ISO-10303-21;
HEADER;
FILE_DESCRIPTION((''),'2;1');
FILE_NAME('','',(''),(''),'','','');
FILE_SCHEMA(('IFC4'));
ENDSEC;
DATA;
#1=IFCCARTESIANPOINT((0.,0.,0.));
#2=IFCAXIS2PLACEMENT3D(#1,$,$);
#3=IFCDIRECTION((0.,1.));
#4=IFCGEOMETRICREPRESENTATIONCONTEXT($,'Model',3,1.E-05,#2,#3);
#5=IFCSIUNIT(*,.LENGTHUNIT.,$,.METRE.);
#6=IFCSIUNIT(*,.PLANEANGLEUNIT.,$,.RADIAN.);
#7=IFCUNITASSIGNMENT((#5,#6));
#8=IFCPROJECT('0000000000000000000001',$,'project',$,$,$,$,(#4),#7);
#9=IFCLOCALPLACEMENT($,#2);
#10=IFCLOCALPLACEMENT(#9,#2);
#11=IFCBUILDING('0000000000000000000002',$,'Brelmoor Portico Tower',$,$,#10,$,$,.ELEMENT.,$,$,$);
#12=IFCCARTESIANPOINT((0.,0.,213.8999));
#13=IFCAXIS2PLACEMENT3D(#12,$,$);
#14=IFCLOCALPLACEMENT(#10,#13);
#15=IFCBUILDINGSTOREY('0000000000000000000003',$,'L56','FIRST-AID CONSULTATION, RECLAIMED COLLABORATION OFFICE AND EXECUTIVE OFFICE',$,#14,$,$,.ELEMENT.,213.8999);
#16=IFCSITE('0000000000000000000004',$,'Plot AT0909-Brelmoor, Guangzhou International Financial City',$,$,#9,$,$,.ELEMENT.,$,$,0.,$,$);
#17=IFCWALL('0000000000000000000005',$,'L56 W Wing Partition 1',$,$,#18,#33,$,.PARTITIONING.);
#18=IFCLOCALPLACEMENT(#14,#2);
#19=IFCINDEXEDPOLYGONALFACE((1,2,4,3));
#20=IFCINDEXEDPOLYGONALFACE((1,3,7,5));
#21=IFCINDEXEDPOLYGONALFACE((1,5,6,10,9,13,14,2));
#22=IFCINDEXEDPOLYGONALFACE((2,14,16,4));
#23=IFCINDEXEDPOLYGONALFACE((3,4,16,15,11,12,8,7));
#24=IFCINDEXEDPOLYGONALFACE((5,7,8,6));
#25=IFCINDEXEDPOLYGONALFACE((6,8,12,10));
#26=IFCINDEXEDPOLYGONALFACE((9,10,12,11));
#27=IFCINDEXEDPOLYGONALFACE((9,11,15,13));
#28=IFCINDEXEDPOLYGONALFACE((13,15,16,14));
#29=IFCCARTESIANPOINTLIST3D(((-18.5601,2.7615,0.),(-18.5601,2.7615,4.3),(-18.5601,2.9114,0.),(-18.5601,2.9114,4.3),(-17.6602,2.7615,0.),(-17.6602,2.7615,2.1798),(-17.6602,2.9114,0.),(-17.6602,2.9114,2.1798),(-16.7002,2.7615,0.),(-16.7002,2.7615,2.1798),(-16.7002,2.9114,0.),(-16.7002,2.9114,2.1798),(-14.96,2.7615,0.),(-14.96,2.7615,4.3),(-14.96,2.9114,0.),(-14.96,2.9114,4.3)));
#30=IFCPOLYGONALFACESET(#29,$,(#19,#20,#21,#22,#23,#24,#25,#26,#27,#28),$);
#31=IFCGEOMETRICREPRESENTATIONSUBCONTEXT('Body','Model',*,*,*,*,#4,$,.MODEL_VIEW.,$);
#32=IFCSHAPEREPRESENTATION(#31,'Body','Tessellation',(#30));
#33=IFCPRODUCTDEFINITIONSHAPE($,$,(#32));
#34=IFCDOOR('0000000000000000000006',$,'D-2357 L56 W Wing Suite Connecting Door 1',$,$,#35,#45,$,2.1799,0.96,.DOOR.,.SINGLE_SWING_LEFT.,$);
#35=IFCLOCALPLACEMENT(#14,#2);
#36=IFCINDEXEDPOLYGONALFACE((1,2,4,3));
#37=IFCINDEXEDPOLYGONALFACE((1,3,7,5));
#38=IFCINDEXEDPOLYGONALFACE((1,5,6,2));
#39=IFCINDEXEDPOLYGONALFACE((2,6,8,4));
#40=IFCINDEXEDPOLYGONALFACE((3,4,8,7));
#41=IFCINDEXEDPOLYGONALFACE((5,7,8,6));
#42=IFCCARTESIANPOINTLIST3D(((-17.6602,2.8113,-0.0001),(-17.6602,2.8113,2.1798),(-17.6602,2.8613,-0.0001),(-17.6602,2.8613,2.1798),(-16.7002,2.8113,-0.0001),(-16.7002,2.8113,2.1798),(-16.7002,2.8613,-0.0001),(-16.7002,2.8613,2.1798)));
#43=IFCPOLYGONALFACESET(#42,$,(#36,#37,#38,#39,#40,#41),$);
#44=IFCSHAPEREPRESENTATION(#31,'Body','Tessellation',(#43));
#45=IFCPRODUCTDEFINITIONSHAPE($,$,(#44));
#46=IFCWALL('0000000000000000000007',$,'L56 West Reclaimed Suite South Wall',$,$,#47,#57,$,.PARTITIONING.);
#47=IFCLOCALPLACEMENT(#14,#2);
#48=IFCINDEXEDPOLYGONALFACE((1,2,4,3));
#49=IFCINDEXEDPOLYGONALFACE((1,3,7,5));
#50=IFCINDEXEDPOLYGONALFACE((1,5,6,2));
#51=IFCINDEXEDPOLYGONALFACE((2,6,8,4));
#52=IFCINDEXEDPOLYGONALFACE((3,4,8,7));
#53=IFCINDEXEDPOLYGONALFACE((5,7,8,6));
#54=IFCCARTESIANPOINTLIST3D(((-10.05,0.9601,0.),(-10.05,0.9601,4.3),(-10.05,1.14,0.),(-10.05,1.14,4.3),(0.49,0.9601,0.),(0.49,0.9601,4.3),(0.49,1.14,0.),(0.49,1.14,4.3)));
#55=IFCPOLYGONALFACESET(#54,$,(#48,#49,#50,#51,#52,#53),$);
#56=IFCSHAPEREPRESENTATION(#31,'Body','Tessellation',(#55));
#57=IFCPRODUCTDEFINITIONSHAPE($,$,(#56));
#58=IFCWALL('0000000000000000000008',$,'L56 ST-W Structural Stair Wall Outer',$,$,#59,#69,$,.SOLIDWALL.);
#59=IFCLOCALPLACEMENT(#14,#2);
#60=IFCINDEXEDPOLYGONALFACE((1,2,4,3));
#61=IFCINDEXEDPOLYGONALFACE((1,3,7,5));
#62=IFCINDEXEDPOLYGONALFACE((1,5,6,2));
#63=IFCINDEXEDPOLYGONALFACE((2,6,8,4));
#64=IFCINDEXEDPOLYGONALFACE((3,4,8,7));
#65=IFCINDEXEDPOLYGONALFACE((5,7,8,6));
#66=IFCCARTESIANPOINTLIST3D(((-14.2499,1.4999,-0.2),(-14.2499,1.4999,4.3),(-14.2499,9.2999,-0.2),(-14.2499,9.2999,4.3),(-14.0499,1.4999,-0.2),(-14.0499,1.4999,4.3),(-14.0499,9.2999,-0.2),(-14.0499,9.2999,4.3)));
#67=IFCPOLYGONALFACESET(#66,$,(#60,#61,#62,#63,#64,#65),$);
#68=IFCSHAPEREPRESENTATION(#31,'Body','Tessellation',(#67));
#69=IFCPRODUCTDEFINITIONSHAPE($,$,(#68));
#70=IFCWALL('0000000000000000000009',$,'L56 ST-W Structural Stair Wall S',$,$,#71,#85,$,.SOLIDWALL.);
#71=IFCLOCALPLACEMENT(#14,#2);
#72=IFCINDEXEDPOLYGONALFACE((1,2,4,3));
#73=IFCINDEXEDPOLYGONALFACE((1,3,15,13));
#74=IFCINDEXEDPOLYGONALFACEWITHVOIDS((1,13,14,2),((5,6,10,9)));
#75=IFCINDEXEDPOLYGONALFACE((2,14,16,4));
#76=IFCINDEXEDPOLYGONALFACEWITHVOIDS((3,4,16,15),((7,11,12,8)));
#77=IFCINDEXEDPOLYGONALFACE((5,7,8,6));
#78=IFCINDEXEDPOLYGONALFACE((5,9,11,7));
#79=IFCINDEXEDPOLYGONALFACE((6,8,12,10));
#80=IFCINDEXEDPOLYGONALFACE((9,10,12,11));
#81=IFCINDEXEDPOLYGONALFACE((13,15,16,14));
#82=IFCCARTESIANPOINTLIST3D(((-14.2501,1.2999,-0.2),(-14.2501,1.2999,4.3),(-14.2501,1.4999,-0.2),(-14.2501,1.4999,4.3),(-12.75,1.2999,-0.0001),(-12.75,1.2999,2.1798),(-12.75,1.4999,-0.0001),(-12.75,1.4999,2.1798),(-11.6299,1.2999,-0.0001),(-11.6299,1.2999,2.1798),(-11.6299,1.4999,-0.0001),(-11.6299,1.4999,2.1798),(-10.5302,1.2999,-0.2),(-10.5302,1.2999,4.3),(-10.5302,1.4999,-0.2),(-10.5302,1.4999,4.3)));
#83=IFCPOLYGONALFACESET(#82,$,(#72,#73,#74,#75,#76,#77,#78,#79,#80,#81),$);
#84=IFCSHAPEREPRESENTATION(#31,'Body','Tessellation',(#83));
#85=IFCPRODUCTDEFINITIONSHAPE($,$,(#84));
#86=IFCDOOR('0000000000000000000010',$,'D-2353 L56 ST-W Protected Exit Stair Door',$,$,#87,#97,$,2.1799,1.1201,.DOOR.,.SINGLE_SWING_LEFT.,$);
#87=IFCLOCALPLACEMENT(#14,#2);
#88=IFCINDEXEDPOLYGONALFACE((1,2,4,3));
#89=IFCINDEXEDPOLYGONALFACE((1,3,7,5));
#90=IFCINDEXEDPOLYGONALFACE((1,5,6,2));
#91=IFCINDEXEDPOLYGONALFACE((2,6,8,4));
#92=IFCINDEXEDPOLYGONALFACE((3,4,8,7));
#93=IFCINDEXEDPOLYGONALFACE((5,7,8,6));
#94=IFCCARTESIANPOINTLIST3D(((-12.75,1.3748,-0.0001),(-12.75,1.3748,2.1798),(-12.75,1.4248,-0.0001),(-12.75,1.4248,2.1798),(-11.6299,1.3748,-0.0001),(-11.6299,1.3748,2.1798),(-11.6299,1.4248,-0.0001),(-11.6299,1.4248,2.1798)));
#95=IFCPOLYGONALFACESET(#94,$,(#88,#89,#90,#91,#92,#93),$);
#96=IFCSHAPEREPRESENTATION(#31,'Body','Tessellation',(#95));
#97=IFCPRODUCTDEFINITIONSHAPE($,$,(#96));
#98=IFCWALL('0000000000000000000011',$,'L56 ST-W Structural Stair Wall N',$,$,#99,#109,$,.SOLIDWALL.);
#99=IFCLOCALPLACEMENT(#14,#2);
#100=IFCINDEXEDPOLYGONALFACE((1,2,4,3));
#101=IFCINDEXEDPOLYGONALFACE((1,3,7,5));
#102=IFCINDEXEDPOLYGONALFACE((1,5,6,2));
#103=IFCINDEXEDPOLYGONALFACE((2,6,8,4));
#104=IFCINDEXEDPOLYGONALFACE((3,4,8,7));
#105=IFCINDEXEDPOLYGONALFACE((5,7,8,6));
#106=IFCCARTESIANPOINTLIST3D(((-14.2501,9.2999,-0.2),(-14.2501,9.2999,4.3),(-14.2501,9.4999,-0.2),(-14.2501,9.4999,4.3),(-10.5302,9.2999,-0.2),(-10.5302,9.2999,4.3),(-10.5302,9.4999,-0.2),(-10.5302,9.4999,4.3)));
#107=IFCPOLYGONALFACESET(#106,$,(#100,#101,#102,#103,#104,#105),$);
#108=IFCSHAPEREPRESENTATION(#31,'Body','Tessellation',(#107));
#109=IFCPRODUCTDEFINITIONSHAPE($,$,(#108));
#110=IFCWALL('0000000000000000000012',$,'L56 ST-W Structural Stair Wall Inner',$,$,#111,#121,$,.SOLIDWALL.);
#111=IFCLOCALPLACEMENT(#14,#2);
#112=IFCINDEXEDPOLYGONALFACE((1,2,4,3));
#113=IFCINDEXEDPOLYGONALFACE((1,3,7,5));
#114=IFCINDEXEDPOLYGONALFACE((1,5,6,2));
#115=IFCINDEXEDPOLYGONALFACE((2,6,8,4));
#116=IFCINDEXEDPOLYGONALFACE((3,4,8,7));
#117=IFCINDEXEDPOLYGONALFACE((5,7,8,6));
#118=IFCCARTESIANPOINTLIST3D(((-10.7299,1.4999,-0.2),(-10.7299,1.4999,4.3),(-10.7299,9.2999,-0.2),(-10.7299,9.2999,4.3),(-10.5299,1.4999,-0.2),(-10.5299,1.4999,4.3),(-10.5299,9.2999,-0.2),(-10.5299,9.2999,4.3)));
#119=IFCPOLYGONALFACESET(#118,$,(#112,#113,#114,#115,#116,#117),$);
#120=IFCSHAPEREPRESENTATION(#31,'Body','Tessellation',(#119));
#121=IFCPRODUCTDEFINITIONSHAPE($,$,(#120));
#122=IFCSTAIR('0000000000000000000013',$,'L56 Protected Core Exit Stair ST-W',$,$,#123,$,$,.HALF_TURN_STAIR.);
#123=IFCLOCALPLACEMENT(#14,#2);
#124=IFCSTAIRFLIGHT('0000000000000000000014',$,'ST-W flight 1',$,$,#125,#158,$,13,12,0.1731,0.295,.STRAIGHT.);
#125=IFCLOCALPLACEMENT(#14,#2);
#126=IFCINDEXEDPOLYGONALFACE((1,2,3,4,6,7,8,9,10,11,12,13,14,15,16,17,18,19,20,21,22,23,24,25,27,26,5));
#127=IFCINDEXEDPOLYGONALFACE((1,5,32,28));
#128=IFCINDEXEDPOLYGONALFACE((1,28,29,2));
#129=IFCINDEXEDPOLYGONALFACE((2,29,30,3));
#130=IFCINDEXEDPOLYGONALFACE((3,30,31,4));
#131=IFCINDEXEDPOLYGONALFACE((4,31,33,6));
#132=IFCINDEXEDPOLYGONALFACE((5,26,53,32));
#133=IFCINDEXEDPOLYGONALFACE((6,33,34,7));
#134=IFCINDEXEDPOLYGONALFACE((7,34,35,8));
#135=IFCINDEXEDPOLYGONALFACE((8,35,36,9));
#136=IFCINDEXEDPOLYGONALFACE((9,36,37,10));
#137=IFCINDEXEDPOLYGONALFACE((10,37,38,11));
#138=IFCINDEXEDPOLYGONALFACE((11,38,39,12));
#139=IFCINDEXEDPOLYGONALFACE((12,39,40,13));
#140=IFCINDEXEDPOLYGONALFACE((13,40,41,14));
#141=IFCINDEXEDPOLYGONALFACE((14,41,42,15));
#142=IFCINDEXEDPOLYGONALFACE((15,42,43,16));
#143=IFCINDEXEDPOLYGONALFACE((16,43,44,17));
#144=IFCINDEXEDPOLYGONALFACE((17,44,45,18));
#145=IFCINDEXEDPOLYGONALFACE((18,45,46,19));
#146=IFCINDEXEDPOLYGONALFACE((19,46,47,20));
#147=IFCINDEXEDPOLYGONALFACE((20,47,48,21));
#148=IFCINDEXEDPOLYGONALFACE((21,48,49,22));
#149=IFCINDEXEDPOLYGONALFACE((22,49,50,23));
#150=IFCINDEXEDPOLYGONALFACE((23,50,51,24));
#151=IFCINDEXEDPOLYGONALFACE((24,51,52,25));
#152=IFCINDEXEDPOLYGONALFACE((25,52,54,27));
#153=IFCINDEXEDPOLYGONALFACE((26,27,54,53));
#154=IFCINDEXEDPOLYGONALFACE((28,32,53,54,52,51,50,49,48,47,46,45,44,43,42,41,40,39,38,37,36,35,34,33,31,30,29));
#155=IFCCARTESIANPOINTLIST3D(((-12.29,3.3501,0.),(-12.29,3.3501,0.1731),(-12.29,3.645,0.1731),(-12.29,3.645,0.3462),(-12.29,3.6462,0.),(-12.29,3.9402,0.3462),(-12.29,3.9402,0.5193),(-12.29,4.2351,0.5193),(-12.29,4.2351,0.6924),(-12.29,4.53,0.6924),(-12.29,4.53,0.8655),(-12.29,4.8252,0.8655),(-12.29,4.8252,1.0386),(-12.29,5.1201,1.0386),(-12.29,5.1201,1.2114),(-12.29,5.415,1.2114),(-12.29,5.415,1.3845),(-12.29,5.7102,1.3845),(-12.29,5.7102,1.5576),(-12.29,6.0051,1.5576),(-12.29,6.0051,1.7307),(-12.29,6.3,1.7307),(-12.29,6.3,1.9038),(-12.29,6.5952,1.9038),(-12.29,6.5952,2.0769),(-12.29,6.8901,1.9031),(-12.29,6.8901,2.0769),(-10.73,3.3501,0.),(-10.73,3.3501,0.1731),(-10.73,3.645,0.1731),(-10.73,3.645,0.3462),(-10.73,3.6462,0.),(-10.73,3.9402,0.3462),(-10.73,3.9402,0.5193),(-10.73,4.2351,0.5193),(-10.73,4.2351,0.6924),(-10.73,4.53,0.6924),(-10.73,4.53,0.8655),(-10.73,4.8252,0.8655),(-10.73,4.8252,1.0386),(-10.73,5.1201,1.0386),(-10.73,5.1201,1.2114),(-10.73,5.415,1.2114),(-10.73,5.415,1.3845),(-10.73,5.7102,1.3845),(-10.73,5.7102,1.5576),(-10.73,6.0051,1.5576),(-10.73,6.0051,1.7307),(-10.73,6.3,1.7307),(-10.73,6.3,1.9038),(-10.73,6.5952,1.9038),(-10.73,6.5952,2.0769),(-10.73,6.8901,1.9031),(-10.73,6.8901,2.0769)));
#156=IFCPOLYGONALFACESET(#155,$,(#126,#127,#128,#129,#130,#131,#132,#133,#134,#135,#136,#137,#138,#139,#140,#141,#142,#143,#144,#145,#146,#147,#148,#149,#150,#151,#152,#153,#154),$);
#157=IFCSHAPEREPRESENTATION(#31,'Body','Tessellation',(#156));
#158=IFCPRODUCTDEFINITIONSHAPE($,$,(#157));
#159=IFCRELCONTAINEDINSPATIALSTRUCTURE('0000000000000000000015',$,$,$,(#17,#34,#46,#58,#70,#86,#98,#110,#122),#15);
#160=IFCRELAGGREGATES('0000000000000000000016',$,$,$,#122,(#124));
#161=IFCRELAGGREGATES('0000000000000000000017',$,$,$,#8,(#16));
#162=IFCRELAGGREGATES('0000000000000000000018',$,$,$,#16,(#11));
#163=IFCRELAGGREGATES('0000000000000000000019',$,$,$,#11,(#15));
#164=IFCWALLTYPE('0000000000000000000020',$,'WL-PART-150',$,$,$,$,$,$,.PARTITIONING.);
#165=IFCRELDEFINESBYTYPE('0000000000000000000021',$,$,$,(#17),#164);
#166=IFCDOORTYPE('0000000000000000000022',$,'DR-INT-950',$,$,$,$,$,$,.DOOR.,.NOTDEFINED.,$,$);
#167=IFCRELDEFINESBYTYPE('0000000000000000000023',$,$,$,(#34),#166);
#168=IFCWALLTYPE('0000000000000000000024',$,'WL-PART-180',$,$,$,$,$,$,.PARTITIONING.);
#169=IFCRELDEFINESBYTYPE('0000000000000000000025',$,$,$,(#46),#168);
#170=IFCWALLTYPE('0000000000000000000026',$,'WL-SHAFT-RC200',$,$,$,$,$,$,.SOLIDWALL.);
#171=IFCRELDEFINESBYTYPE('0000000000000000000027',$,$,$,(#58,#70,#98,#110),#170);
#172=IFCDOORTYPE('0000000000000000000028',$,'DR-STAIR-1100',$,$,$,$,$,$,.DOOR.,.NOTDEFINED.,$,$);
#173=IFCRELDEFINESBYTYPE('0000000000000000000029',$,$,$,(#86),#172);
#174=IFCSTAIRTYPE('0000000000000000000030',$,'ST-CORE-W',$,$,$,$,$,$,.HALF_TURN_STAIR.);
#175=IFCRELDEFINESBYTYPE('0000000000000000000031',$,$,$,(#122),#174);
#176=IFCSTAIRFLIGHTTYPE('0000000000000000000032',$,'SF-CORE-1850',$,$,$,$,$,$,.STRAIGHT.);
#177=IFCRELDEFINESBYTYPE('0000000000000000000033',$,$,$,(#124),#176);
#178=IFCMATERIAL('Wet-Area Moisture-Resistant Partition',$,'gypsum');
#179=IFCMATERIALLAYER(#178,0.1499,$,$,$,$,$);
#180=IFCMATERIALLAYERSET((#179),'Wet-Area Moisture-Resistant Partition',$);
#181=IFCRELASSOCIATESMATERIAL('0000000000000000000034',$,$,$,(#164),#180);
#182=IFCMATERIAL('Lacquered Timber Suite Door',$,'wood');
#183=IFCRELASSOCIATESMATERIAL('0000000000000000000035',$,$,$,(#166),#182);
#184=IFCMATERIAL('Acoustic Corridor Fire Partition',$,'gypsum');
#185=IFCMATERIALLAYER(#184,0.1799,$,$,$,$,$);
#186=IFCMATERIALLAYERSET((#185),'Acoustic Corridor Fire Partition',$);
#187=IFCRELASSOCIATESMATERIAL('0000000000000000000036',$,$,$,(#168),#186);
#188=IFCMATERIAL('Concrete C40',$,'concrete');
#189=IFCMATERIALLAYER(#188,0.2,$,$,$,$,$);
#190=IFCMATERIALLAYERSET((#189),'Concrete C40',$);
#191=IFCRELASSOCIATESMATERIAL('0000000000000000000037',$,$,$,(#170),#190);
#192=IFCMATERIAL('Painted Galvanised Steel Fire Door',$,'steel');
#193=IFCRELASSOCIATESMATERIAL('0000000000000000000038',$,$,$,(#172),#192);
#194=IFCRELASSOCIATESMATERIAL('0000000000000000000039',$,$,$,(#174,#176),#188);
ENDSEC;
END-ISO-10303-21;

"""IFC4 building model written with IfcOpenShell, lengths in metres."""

from ifc_helpers import new_model, si_unit, direction, frame, frame_2d, origin, place, context, subcontext, project, spatial, polyline, rectangle, outline, extrude, material, layer, layer_set, type_object, element, fill, aggregate, save


model = new_model("IFC4")

# Units and contexts
model_context = context("Model", 3, precision=1e-05, world=origin(), true_north=direction((0.0, 1.0)))
body_context = subcontext(model_context, "Body", "Model", "MODEL_VIEW")
ifc_project = project(units=[si_unit("LENGTHUNIT", "METRE"), si_unit("PLANEANGLEUNIT", "RADIAN")], contexts=[model_context])

# Site, building, storey
site_placement = place(None, origin())
site = spatial("IfcSite", under=ifc_project, at=site_placement, Name="Plot AT0909-Brelmoor, Guangzhou International Financial City", CompositionType="ELEMENT", RefElevation=0.0)
building_placement = place(site_placement, origin())
building = spatial("IfcBuilding", under=site, at=building_placement, Name="Brelmoor Portico Tower", CompositionType="ELEMENT")
storey_placement = place(building_placement, frame((0.0, 0.0, 213.8999)))
storey = spatial("IfcBuildingStorey", under=building, at=storey_placement, Name="L56", Description="FIRST-AID CONSULTATION, RECLAIMED COLLABORATION OFFICE AND EXECUTIVE OFFICE", CompositionType="ELEMENT", Elevation=213.8999)

# Wall, opening, door
ifc_material_1 = material(Name="Wet-Area Moisture-Resistant Partition", Category="gypsum")
ifc_layer_1 = layer(ifc_material_1, 0.1499)
ifc_layer_set_1 = layer_set([ifc_layer_1], Name="Wet-Area Moisture-Resistant Partition")
wall_type_1 = type_object("IfcWallType", Name="WL-PART-150", PredefinedType="PARTITIONING", material=ifc_layer_set_1)
wall_1_placement = place(storey_placement, frame((-18.5601, 2.8364, 0.0), z_axis=(0.0, 0.0, 1.0), x_axis=(1.0, 0.0, 0.0)))
wall_1 = element("IfcWall", 1, at=wall_1_placement, inside=storey, type_object=wall_type_1, Name="L56 W Wing Partition 1", PredefinedType="PARTITIONING", context=body_context, shape_type="SweptSolid", body=[
    extrude(rectangle(XDim=3.6001, YDim=0.1499, at=frame_2d((1.8, 0.0))), origin(), (0.0, 0.0, 1.0), 4.3),
])
opening_1_placement = place(wall_1_placement, frame((0.8999, 0.0, 0.0)))
opening_1 = element("IfcOpeningElement", 2, at=opening_1_placement, cuts=wall_1, PredefinedType="OPENING", context=body_context, shape_type="SweptSolid", body=[
    extrude(rectangle(XDim=0.96, YDim=2.1799, at=frame_2d((0.48, 1.0898))), frame((0.0, 0.085, 0.0), z_axis=(0.0, -1.0, 0.0), x_axis=(1.0, 0.0, 0.0)), (0.0, 0.0, 1.0), 0.1699),
])
ifc_material_2 = material(Name="Lacquered Timber Suite Door", Category="wood")
door_type_1 = type_object("IfcDoorType", Name="DR-INT-950", OperationType="NOTDEFINED", PredefinedType="DOOR", material=ifc_material_2)
door_1_placement = place(opening_1_placement, origin())
door_1 = element("IfcDoor", 3, at=door_1_placement, inside=storey, type_object=door_type_1, Name="D-2357 L56 W Wing Suite Connecting Door 1", OperationType="SINGLE_SWING_LEFT", OverallHeight=2.1799, OverallWidth=0.96, PredefinedType="DOOR", context=body_context, shape_type="SweptSolid", body=[
    extrude(rectangle(XDim=0.96, YDim=2.1799, at=frame_2d((0.48, 1.0898))), frame((0.0, 0.0249, 0.0), z_axis=(0.0, -1.0, 0.0), x_axis=(1.0, 0.0, 0.0)), (0.0, 0.0, 1.0), 0.05),
])
fill(opening_1, door_1)

# Walls
ifc_material_3 = material(Name="Acoustic Corridor Fire Partition", Category="gypsum")
ifc_layer_2 = layer(ifc_material_3, 0.1799)
ifc_layer_set_2 = layer_set([ifc_layer_2], Name="Acoustic Corridor Fire Partition")
wall_type_2 = type_object("IfcWallType", Name="WL-PART-180", PredefinedType="PARTITIONING", material=ifc_layer_set_2)
wall_2_placement = place(storey_placement, frame((-10.05, 1.05, 0.0), z_axis=(0.0, 0.0, 1.0), x_axis=(1.0, 0.0, 0.0)))
element("IfcWall", 4, at=wall_2_placement, inside=storey, type_object=wall_type_2, Name="L56 West Reclaimed Suite South Wall", PredefinedType="PARTITIONING", context=body_context, shape_type="SweptSolid", body=[
    extrude(rectangle(XDim=10.54, YDim=0.1799, at=frame_2d((5.27, 0.0))), origin(), (0.0, 0.0, 1.0), 4.3),
])
ifc_material_4 = material(Name="Concrete C40", Category="concrete")
ifc_layer_3 = layer(ifc_material_4, 0.2)
ifc_layer_set_3 = layer_set([ifc_layer_3], Name="Concrete C40")
wall_type_3 = type_object("IfcWallType", Name="WL-SHAFT-RC200", PredefinedType="SOLIDWALL", material=ifc_layer_set_3)
wall_3_placement = place(storey_placement, frame((-14.1499, 1.5, -0.2), z_axis=(0.0, 0.0, 1.0), x_axis=(0.0, 1.0, 0.0)))
element("IfcWall", 5, at=wall_3_placement, inside=storey, type_object=wall_type_3, Name="L56 ST-W Structural Stair Wall Outer", PredefinedType="SOLIDWALL", context=body_context, shape_type="SweptSolid", body=[
    extrude(rectangle(XDim=7.8, YDim=0.2, at=frame_2d((3.8999, 0.0))), origin(), (0.0, 0.0, 1.0), 4.5),
])

# Wall, opening, door
wall_4_placement = place(storey_placement, frame((-14.25, 1.3999, -0.2), z_axis=(0.0, 0.0, 1.0), x_axis=(1.0, 0.0, 0.0)))
wall_4 = element("IfcWall", 6, at=wall_4_placement, inside=storey, type_object=wall_type_3, Name="L56 ST-W Structural Stair Wall S", PredefinedType="SOLIDWALL", context=body_context, shape_type="SweptSolid", body=[
    extrude(rectangle(XDim=3.72, YDim=0.2, at=frame_2d((1.8599, 0.0))), origin(), (0.0, 0.0, 1.0), 4.5),
])
opening_2_placement = place(wall_4_placement, frame((1.5, 0.0, 0.2)))
opening_2 = element("IfcOpeningElement", 7, at=opening_2_placement, cuts=wall_4, PredefinedType="OPENING", context=body_context, shape_type="SweptSolid", body=[
    extrude(rectangle(XDim=1.1201, YDim=2.1799, at=frame_2d((0.5601, 1.0898))), frame((0.0, 0.1099, 0.0), z_axis=(0.0, -1.0, 0.0), x_axis=(1.0, 0.0, 0.0)), (0.0, 0.0, 1.0), 0.22),
])
ifc_material_5 = material(Name="Painted Galvanised Steel Fire Door", Category="steel")
door_type_2 = type_object("IfcDoorType", Name="DR-STAIR-1100", OperationType="NOTDEFINED", PredefinedType="DOOR", material=ifc_material_5)
door_2_placement = place(opening_2_placement, origin())
door_2 = element("IfcDoor", 8, at=door_2_placement, inside=storey, type_object=door_type_2, Name="D-2353 L56 ST-W Protected Exit Stair Door", OperationType="SINGLE_SWING_LEFT", OverallHeight=2.1799, OverallWidth=1.1201, PredefinedType="DOOR", context=body_context, shape_type="SweptSolid", body=[
    extrude(rectangle(XDim=1.1201, YDim=2.1799, at=frame_2d((0.5601, 1.0898))), frame((0.0, 0.0249, 0.0), z_axis=(0.0, -1.0, 0.0), x_axis=(1.0, 0.0, 0.0)), (0.0, 0.0, 1.0), 0.05),
])
fill(opening_2, door_2)

# Walls
wall_5_placement = place(storey_placement, frame((-14.25, 9.3999, -0.2), z_axis=(0.0, 0.0, 1.0), x_axis=(1.0, 0.0, 0.0)))
element("IfcWall", 9, at=wall_5_placement, inside=storey, type_object=wall_type_3, Name="L56 ST-W Structural Stair Wall N", PredefinedType="SOLIDWALL", context=body_context, shape_type="SweptSolid", body=[
    extrude(rectangle(XDim=3.72, YDim=0.2, at=frame_2d((1.8599, 0.0))), origin(), (0.0, 0.0, 1.0), 4.5),
])
wall_6_placement = place(storey_placement, frame((-10.6299, 1.5, -0.2), z_axis=(0.0, 0.0, 1.0), x_axis=(0.0, 1.0, 0.0)))
element("IfcWall", 10, at=wall_6_placement, inside=storey, type_object=wall_type_3, Name="L56 ST-W Structural Stair Wall Inner", PredefinedType="SOLIDWALL", context=body_context, shape_type="SweptSolid", body=[
    extrude(rectangle(XDim=7.8, YDim=0.2, at=frame_2d((3.8999, 0.0))), origin(), (0.0, 0.0, 1.0), 4.5),
])

# Stair, stair flight
stair_type = type_object("IfcStairType", Name="ST-CORE-W", PredefinedType="HALF_TURN_STAIR", material=ifc_material_4)
stair_placement = place(storey_placement, origin())
stair = element("IfcStair", 11, at=stair_placement, inside=storey, type_object=stair_type, Name="L56 Protected Core Exit Stair ST-W", PredefinedType="HALF_TURN_STAIR")
stair_flight_type = type_object("IfcStairFlightType", Name="SF-CORE-1850", PredefinedType="STRAIGHT", material=ifc_material_4)
stair_flight_placement = place(storey_placement, frame((-11.51, 3.3501, 0.0), z_axis=(0.0, 0.0, 1.0), x_axis=(0.0, 1.0, 0.0)))
stair_flight = element("IfcStairFlight", 12, at=stair_flight_placement, type_object=stair_flight_type, Name="ST-W flight 1", NumberOfRisers=13, NumberOfTreads=12, PredefinedType="STRAIGHT", RiserHeight=0.1731, TreadLength=0.295, context=body_context, shape_type="SweptSolid", body=[
    extrude(outline(polyline([(0.0, 0.0), (0.0, 0.1731), (0.2949, 0.1731), (0.2949, 0.3462), (0.5901, 0.3462), (0.5901, 0.5193), (0.885, 0.5193), (0.885, 0.6924), (1.1799, 0.6924), (1.1799, 0.8655), (1.4751, 0.8655), (1.4751, 1.0386), (1.77, 1.0386), (1.77, 1.2114), (2.0649, 1.2114), (2.0649, 1.3845), (2.3601, 1.3845), (2.3601, 1.5576), (2.655, 1.5576), (2.655, 1.7307), (2.95, 1.7307), (2.95, 1.9038), (3.2451, 1.9038), (3.2451, 2.0769), (3.54, 2.0769), (3.54, 2.25), (3.54, 1.9031), (0.2961, 0.0), (0.0, 0.0)])), frame((0.0, 0.78, 0.0), z_axis=(0.0, -1.0, 0.0), x_axis=(1.0, 0.0, 0.0)), (0.0, 0.0, 1.0), 1.5601),
])
aggregate(stair, [stair_flight])

save(model, "model.ifc")
